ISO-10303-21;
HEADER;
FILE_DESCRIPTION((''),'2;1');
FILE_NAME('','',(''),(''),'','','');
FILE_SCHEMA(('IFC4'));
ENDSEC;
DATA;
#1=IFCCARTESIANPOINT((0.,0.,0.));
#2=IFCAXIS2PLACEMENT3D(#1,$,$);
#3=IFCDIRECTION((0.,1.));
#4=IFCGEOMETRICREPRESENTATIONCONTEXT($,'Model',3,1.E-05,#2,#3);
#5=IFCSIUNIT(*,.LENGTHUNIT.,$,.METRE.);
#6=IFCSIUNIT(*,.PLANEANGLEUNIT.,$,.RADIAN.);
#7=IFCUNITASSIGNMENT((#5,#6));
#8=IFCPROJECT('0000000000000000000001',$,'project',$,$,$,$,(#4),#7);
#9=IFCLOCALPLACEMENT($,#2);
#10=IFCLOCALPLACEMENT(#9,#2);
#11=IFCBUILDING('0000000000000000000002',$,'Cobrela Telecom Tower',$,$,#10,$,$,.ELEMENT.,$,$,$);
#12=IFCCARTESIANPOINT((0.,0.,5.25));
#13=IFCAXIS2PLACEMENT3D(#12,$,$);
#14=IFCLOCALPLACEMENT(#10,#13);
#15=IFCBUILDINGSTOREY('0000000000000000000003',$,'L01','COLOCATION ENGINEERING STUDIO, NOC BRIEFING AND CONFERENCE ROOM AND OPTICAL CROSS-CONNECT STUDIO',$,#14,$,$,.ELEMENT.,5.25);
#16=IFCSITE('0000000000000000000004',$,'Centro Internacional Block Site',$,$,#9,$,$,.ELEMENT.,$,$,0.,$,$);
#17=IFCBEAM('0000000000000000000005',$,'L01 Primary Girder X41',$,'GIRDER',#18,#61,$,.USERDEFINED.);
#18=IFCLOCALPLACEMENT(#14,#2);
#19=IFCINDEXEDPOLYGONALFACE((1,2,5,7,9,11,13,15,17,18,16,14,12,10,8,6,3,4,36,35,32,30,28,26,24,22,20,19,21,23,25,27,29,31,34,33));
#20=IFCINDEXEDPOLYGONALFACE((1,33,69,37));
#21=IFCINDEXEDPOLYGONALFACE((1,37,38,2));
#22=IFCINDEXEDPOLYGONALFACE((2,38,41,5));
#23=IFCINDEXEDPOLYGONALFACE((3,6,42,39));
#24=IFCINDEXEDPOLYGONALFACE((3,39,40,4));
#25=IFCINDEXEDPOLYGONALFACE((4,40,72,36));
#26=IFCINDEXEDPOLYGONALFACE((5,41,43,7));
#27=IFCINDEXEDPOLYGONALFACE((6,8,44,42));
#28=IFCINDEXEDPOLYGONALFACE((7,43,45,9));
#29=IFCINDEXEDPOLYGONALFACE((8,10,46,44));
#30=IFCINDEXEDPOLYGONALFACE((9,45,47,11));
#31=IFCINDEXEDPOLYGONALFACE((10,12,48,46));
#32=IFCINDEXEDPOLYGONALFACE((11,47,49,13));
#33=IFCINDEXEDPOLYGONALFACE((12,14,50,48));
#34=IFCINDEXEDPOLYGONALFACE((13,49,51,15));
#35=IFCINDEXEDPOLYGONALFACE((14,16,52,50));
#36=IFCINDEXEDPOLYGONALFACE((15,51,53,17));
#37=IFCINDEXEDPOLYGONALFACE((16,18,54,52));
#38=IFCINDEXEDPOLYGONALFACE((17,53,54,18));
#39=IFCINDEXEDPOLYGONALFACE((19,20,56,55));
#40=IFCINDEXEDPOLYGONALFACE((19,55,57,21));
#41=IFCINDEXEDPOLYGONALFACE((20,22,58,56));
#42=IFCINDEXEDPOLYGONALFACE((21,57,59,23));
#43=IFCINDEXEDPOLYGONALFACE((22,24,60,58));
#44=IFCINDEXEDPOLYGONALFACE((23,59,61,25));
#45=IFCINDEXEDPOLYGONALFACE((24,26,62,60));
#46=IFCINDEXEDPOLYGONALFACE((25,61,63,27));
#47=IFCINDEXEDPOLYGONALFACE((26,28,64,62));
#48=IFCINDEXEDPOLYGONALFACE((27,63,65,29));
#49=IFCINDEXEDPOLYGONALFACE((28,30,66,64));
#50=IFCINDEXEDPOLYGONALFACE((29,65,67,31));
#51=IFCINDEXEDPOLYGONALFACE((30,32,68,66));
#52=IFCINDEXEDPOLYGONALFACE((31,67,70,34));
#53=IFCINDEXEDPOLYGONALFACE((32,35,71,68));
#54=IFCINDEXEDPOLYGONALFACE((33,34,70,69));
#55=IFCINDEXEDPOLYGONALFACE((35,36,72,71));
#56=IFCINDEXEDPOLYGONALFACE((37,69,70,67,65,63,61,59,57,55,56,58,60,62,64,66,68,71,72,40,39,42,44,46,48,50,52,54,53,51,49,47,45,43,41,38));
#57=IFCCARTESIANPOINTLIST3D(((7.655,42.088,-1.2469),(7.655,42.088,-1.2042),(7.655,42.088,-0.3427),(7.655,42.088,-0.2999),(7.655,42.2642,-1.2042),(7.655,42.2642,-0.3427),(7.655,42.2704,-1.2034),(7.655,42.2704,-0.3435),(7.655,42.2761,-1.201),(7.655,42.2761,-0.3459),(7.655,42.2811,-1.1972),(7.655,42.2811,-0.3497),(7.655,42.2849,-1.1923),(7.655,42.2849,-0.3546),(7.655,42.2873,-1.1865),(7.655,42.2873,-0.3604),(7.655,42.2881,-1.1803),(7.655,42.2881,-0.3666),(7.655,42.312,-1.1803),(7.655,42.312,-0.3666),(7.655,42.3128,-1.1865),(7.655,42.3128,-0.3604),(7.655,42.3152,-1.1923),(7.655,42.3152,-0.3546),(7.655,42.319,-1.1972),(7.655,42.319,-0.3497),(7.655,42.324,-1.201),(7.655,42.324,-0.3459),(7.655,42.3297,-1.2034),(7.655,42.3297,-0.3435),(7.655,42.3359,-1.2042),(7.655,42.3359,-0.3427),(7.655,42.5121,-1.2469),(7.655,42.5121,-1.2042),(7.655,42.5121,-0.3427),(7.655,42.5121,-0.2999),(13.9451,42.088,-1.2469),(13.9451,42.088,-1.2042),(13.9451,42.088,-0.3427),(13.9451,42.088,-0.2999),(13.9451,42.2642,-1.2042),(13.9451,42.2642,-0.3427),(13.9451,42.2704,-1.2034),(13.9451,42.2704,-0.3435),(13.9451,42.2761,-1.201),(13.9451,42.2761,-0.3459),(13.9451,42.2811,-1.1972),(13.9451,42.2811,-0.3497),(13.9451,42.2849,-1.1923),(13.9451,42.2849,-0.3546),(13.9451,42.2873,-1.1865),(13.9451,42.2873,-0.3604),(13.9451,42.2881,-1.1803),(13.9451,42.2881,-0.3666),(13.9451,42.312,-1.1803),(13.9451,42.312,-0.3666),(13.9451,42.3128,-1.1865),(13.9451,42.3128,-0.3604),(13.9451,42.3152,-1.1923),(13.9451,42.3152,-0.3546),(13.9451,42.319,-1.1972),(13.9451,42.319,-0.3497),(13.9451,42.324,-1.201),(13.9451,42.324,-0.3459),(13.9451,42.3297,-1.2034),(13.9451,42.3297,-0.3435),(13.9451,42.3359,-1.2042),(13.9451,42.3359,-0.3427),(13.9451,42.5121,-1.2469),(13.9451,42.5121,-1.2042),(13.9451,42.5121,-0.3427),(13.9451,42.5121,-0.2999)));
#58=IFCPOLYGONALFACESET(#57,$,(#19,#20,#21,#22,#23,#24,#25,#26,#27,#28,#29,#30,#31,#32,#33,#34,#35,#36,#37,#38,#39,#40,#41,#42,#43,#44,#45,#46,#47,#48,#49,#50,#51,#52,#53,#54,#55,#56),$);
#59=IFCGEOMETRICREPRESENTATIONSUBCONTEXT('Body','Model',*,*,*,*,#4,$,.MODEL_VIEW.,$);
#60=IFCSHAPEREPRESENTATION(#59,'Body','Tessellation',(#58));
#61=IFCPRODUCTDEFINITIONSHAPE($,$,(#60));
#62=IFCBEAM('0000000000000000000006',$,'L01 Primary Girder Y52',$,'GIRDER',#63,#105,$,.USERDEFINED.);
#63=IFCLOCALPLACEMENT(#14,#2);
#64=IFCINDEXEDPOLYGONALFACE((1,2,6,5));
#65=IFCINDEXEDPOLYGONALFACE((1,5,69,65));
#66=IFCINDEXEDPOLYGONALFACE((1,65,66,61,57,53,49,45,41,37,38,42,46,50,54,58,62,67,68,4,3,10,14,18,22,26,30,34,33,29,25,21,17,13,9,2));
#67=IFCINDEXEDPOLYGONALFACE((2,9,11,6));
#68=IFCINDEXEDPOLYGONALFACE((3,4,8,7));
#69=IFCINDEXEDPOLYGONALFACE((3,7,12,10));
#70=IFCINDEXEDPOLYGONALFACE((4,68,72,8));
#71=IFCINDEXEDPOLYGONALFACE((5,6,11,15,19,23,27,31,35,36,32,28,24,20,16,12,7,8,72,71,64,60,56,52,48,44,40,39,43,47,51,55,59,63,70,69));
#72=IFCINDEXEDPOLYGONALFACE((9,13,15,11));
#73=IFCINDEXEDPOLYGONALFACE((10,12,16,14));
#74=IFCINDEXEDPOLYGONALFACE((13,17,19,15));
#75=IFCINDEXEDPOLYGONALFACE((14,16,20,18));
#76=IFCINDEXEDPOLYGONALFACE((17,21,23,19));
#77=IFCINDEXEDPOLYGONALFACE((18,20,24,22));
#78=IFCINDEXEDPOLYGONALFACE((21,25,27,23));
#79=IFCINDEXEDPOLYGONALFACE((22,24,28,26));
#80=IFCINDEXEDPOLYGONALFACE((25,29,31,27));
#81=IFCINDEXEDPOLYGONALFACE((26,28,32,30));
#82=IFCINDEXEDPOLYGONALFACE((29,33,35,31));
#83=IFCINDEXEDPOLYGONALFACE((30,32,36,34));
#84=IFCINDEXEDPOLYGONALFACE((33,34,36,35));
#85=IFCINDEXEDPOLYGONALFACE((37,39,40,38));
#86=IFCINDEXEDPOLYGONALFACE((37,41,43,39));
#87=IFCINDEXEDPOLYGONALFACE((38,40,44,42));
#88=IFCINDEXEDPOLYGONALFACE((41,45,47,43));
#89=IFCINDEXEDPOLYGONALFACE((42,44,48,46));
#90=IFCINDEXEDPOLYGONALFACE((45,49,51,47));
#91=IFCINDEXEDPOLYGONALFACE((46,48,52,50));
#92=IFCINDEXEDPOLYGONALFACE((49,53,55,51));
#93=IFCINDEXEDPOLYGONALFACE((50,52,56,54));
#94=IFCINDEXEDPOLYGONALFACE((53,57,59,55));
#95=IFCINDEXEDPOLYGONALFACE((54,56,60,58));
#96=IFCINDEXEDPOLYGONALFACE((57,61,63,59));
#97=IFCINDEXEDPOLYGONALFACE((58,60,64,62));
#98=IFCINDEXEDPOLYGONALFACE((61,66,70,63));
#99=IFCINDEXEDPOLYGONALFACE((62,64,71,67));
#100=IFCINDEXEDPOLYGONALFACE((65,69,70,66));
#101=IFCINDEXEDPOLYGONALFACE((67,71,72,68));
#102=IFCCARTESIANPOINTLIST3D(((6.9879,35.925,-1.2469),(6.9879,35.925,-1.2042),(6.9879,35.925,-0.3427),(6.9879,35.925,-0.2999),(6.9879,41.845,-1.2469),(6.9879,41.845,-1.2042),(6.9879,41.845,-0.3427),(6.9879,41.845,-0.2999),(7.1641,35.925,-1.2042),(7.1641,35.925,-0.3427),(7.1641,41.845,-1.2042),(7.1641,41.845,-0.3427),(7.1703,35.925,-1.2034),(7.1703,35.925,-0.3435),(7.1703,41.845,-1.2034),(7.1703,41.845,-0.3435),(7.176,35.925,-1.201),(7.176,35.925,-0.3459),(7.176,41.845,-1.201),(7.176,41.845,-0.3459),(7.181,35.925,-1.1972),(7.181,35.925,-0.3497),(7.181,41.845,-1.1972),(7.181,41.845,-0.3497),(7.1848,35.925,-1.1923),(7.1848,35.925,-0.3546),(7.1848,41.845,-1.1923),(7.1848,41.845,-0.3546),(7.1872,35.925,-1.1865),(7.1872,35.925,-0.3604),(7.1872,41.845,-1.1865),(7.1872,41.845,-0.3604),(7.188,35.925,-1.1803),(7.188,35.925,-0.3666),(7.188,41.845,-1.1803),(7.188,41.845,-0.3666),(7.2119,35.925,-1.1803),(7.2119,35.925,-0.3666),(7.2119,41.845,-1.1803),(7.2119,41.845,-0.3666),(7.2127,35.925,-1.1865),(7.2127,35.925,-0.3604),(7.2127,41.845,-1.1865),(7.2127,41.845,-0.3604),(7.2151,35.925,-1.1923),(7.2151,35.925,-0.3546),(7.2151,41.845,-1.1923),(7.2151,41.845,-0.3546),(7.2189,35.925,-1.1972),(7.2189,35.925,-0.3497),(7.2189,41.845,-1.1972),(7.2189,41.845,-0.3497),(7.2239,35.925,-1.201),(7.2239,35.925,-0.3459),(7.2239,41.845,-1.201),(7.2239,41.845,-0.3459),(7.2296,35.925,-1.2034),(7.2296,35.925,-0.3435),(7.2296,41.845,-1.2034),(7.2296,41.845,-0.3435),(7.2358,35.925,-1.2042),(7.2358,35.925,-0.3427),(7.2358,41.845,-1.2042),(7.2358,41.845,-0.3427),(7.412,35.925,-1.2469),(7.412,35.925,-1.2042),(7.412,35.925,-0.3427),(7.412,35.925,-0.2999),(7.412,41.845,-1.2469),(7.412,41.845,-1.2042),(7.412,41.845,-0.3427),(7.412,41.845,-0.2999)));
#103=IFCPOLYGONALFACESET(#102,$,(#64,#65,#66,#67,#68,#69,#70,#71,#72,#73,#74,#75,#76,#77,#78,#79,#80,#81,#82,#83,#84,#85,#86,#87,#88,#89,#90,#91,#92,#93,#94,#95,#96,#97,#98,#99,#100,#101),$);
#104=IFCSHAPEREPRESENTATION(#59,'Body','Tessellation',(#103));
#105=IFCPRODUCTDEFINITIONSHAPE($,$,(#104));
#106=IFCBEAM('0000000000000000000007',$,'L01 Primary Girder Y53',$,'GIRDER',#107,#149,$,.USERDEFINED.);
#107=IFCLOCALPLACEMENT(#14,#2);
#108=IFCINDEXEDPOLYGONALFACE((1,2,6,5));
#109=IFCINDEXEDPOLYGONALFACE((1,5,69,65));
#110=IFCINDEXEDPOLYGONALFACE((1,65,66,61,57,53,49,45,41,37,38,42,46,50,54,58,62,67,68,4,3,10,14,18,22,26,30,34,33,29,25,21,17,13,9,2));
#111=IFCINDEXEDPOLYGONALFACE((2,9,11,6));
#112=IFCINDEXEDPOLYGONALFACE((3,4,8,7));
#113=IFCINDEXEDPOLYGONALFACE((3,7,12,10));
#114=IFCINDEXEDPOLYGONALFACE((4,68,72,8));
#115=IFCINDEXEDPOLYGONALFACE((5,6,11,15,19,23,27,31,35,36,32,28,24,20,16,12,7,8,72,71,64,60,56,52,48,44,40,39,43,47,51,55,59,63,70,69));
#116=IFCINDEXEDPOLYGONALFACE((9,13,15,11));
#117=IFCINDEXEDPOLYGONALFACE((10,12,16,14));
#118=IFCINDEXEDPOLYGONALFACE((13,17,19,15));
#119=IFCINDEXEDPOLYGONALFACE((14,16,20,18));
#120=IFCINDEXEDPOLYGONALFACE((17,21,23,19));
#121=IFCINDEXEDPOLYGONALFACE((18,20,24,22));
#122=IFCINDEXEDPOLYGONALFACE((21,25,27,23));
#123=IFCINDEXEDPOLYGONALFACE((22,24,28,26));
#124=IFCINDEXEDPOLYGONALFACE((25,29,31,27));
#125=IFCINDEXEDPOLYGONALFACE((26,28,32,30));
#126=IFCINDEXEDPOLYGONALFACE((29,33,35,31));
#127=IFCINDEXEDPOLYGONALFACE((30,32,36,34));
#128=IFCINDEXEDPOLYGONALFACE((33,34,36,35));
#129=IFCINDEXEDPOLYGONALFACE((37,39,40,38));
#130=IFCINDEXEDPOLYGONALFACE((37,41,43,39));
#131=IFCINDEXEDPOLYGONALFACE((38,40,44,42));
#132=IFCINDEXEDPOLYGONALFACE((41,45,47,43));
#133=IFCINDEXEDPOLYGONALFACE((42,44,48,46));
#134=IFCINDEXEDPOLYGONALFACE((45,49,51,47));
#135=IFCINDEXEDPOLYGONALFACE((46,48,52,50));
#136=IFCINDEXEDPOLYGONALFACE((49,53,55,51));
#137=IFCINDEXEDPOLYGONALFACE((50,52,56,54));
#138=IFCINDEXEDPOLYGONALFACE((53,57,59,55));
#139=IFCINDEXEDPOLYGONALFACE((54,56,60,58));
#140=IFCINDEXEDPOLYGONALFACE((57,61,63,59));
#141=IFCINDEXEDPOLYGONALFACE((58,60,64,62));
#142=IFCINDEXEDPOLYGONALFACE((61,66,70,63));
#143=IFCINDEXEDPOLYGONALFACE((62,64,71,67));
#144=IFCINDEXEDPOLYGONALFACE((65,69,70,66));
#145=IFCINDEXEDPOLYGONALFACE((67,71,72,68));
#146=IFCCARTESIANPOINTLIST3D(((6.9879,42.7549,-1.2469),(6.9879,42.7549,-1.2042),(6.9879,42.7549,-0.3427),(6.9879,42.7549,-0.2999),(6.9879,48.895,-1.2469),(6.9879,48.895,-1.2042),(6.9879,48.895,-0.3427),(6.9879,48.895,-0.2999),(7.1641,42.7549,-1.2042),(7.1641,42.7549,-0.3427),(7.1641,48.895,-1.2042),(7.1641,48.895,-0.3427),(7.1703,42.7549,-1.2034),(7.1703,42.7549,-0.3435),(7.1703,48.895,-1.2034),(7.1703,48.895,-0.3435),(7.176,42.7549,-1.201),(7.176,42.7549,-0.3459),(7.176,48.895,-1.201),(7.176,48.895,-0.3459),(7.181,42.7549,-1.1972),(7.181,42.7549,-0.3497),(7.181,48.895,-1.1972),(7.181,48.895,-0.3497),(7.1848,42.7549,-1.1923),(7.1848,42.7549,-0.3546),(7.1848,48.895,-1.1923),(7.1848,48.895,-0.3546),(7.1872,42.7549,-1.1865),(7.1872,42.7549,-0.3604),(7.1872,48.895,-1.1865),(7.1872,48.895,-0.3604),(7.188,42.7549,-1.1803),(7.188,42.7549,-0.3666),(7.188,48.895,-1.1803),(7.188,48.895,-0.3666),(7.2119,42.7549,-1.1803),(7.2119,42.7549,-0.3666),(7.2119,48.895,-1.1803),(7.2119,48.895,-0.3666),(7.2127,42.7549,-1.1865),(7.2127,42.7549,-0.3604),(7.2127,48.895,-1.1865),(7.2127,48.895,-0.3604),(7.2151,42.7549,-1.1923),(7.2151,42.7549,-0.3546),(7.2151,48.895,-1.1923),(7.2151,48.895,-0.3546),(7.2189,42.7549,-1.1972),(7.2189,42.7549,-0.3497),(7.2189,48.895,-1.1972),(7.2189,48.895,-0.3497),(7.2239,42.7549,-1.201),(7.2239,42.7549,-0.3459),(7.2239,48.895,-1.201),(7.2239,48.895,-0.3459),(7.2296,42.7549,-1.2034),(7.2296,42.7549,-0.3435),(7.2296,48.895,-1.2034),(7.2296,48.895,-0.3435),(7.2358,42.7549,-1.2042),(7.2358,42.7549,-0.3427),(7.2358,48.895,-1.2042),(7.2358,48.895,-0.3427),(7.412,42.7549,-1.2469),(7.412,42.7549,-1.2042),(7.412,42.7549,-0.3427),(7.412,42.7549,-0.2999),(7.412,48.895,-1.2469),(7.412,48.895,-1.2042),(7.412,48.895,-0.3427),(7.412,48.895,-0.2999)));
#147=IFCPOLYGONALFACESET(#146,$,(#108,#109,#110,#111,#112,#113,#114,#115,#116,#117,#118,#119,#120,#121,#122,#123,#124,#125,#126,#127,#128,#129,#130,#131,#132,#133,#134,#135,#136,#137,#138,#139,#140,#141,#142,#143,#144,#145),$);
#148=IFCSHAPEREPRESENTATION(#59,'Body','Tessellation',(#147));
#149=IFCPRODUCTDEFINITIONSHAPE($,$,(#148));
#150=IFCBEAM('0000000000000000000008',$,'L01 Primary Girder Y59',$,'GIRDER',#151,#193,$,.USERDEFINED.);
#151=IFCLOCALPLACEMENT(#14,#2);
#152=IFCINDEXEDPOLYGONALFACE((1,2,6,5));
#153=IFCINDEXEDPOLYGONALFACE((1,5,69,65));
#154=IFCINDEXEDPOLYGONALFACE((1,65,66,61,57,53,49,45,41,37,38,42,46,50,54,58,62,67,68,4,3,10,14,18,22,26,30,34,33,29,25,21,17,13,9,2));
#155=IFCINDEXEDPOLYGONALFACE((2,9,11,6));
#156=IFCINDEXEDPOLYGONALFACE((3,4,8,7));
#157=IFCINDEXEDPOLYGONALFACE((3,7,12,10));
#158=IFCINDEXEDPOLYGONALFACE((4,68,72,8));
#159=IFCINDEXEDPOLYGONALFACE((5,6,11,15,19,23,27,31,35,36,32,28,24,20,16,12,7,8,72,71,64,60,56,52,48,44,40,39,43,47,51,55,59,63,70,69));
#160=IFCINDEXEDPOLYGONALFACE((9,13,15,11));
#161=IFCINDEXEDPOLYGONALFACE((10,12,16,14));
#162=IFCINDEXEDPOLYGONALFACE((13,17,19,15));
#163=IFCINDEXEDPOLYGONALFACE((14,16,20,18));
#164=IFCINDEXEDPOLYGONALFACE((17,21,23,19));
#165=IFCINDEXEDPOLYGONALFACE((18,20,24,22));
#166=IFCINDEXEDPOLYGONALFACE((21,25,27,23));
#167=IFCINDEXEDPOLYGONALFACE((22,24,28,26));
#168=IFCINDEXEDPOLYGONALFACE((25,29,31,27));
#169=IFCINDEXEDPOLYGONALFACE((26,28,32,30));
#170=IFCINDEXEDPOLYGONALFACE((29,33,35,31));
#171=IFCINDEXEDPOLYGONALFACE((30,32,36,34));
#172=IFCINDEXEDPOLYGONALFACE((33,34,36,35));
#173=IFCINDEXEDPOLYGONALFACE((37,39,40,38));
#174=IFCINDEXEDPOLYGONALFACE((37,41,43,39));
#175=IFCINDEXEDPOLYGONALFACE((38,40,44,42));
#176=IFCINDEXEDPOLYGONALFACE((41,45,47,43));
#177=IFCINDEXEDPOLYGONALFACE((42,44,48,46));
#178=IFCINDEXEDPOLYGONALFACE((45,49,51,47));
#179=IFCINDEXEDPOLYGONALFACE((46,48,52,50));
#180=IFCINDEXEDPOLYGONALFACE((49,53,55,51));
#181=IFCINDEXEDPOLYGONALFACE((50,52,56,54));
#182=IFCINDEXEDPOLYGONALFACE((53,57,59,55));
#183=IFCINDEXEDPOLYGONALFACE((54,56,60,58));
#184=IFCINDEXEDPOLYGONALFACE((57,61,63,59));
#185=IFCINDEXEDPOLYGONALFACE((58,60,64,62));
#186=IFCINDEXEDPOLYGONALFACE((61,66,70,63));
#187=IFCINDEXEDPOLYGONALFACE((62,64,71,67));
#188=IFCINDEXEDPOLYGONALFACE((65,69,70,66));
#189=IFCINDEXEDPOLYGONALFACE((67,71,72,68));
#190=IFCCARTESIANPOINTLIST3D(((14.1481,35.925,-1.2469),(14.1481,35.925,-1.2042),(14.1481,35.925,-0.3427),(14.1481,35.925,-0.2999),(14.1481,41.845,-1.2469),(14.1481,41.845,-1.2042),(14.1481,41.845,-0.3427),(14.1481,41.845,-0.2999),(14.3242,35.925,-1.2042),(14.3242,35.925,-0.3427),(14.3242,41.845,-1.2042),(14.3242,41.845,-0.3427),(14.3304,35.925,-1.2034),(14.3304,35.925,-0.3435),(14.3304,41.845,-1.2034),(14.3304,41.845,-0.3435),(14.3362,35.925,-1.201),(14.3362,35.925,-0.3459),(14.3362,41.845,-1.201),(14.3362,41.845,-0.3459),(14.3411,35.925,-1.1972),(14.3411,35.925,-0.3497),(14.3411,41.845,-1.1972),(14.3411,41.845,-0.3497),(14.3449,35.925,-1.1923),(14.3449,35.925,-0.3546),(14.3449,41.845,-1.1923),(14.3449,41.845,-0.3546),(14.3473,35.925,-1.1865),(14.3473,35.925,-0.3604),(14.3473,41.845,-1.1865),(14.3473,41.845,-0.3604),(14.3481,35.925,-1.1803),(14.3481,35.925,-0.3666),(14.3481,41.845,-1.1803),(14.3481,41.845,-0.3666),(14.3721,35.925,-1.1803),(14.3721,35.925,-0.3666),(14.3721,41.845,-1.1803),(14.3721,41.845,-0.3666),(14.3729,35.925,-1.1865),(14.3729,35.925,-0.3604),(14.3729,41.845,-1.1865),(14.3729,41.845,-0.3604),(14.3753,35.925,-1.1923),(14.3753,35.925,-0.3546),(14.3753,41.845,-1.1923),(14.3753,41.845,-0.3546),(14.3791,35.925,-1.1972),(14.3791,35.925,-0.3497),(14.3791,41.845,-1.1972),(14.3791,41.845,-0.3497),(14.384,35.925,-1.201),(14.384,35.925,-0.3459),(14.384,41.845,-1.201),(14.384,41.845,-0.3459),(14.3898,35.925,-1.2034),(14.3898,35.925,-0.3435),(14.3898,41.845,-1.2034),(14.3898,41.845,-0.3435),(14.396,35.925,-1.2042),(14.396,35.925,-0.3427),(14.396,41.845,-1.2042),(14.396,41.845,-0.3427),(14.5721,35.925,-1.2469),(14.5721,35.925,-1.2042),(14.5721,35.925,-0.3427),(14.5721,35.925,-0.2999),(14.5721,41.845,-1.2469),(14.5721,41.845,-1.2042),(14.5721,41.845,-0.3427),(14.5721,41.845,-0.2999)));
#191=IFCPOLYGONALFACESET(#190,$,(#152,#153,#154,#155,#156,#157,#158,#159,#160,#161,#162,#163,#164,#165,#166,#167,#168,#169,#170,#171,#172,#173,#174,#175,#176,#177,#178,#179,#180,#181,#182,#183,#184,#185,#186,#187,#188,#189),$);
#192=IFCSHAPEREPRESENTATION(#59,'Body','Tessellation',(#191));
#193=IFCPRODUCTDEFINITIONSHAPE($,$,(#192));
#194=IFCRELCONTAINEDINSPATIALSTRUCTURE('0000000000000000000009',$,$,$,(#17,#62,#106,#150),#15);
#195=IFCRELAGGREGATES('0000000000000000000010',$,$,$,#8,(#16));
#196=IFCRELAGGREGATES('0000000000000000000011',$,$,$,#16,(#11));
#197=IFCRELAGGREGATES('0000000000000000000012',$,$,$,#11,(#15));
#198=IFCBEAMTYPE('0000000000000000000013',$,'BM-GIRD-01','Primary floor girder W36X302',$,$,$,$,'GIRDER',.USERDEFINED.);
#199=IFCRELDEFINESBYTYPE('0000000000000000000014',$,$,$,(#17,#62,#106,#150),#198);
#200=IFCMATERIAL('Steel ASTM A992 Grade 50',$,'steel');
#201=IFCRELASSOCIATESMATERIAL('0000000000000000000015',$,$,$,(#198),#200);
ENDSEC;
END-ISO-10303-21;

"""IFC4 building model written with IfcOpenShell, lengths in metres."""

from ifc_helpers import new_model, si_unit, direction, frame, origin, origin_2d, place, context, subcontext, project, spatial, i_section, extrude, material, material_profile, profile_set, type_object, element, save


model = new_model("IFC4")

# Units and contexts
model_context = context("Model", 3, precision=1e-05, world=origin(), true_north=direction((0.0, 1.0)))
body_context = subcontext(model_context, "Body", "Model", "MODEL_VIEW")
ifc_project = project(units=[si_unit("LENGTHUNIT", "METRE"), si_unit("PLANEANGLEUNIT", "RADIAN")], contexts=[model_context])

# Site, building, storey
site_placement = place(None, origin())
site = spatial("IfcSite", under=ifc_project, at=site_placement, Name="Centro Internacional Block Site", CompositionType="ELEMENT", RefElevation=0.0)
building_placement = place(site_placement, origin())
building = spatial("IfcBuilding", under=site, at=building_placement, Name="Cobrela Telecom Tower", CompositionType="ELEMENT")
storey_placement = place(building_placement, frame((0.0, 0.0, 5.25)))
storey = spatial("IfcBuildingStorey", under=building, at=storey_placement, Name="L01", Description="COLOCATION ENGINEERING STUDIO, NOC BRIEFING AND CONFERENCE ROOM AND OPTICAL CROSS-CONNECT STUDIO", CompositionType="ELEMENT", Elevation=5.25)

# Beams
ifc_material_1 = material(Name="Steel ASTM A992 Grade 50", Category="steel")
ifc_material_profile_1 = material_profile(ifc_material_1, i_section(OverallWidth=0.4241, OverallDepth=0.947, WebThickness=0.0239, FlangeThickness=0.0427, FilletRadius=0.0239, at=origin_2d()), Name="W36X302")
ifc_profile_set_1 = profile_set([ifc_material_profile_1], Name="Steel ASTM A992 Grade 50")
beam_type_1 = type_object("IfcBeamType", Name="BM-GIRD-01", Description="Primary floor girder W36X302", ElementType="GIRDER", PredefinedType="USERDEFINED", material=ifc_profile_set_1)
beam_1_placement = place(storey_placement, frame((7.655, 42.3, -0.7734), z_axis=(1.0, 0.0, 0.0), x_axis=(0.0, 1.0, 0.0)))
element("IfcBeam", 1, at=beam_1_placement, inside=storey, type_object=beam_type_1, Name="L01 Primary Girder X41", ObjectType="GIRDER", PredefinedType="USERDEFINED", context=body_context, shape_type="SweptSolid", body=[
    extrude(i_section(OverallWidth=0.4241, OverallDepth=0.947, WebThickness=0.0239, FlangeThickness=0.0427, FilletRadius=0.0239, at=origin_2d()), origin(), (0.0, 0.0, 1.0), 6.29),
])
beam_2_placement = place(storey_placement, frame((7.2, 35.925, -0.7734), z_axis=(0.0, 1.0, 0.0), x_axis=(-1.0, 0.0, 0.0)))
element("IfcBeam", 2, at=beam_2_placement, inside=storey, type_object=beam_type_1, Name="L01 Primary Girder Y52", ObjectType="GIRDER", PredefinedType="USERDEFINED", context=body_context, shape_type="SweptSolid", body=[
    extrude(i_section(OverallWidth=0.4241, OverallDepth=0.947, WebThickness=0.0239, FlangeThickness=0.0427, FilletRadius=0.0239, at=origin_2d()), origin(), (0.0, 0.0, 1.0), 5.9199),
])
beam_3_placement = place(storey_placement, frame((7.2, 42.7549, -0.7734), z_axis=(0.0, 1.0, 0.0), x_axis=(-1.0, 0.0, 0.0)))
element("IfcBeam", 3, at=beam_3_placement, inside=storey, type_object=beam_type_1, Name="L01 Primary Girder Y53", ObjectType="GIRDER", PredefinedType="USERDEFINED", context=body_context, shape_type="SweptSolid", body=[
    extrude(i_section(OverallWidth=0.4241, OverallDepth=0.947, WebThickness=0.0239, FlangeThickness=0.0427, FilletRadius=0.0239, at=origin_2d()), origin(), (0.0, 0.0, 1.0), 6.1401),
])
beam_4_placement = place(storey_placement, frame((14.3601, 35.925, -0.7734), z_axis=(0.0, 1.0, 0.0), x_axis=(-1.0, 0.0, 0.0)))
element("IfcBeam", 4, at=beam_4_placement, inside=storey, type_object=beam_type_1, Name="L01 Primary Girder Y59", ObjectType="GIRDER", PredefinedType="USERDEFINED", context=body_context, shape_type="SweptSolid", body=[
    extrude(i_section(OverallWidth=0.4241, OverallDepth=0.947, WebThickness=0.0239, FlangeThickness=0.0427, FilletRadius=0.0239, at=origin_2d()), origin(), (0.0, 0.0, 1.0), 5.9199),
])

save(model, "model.ifc")
